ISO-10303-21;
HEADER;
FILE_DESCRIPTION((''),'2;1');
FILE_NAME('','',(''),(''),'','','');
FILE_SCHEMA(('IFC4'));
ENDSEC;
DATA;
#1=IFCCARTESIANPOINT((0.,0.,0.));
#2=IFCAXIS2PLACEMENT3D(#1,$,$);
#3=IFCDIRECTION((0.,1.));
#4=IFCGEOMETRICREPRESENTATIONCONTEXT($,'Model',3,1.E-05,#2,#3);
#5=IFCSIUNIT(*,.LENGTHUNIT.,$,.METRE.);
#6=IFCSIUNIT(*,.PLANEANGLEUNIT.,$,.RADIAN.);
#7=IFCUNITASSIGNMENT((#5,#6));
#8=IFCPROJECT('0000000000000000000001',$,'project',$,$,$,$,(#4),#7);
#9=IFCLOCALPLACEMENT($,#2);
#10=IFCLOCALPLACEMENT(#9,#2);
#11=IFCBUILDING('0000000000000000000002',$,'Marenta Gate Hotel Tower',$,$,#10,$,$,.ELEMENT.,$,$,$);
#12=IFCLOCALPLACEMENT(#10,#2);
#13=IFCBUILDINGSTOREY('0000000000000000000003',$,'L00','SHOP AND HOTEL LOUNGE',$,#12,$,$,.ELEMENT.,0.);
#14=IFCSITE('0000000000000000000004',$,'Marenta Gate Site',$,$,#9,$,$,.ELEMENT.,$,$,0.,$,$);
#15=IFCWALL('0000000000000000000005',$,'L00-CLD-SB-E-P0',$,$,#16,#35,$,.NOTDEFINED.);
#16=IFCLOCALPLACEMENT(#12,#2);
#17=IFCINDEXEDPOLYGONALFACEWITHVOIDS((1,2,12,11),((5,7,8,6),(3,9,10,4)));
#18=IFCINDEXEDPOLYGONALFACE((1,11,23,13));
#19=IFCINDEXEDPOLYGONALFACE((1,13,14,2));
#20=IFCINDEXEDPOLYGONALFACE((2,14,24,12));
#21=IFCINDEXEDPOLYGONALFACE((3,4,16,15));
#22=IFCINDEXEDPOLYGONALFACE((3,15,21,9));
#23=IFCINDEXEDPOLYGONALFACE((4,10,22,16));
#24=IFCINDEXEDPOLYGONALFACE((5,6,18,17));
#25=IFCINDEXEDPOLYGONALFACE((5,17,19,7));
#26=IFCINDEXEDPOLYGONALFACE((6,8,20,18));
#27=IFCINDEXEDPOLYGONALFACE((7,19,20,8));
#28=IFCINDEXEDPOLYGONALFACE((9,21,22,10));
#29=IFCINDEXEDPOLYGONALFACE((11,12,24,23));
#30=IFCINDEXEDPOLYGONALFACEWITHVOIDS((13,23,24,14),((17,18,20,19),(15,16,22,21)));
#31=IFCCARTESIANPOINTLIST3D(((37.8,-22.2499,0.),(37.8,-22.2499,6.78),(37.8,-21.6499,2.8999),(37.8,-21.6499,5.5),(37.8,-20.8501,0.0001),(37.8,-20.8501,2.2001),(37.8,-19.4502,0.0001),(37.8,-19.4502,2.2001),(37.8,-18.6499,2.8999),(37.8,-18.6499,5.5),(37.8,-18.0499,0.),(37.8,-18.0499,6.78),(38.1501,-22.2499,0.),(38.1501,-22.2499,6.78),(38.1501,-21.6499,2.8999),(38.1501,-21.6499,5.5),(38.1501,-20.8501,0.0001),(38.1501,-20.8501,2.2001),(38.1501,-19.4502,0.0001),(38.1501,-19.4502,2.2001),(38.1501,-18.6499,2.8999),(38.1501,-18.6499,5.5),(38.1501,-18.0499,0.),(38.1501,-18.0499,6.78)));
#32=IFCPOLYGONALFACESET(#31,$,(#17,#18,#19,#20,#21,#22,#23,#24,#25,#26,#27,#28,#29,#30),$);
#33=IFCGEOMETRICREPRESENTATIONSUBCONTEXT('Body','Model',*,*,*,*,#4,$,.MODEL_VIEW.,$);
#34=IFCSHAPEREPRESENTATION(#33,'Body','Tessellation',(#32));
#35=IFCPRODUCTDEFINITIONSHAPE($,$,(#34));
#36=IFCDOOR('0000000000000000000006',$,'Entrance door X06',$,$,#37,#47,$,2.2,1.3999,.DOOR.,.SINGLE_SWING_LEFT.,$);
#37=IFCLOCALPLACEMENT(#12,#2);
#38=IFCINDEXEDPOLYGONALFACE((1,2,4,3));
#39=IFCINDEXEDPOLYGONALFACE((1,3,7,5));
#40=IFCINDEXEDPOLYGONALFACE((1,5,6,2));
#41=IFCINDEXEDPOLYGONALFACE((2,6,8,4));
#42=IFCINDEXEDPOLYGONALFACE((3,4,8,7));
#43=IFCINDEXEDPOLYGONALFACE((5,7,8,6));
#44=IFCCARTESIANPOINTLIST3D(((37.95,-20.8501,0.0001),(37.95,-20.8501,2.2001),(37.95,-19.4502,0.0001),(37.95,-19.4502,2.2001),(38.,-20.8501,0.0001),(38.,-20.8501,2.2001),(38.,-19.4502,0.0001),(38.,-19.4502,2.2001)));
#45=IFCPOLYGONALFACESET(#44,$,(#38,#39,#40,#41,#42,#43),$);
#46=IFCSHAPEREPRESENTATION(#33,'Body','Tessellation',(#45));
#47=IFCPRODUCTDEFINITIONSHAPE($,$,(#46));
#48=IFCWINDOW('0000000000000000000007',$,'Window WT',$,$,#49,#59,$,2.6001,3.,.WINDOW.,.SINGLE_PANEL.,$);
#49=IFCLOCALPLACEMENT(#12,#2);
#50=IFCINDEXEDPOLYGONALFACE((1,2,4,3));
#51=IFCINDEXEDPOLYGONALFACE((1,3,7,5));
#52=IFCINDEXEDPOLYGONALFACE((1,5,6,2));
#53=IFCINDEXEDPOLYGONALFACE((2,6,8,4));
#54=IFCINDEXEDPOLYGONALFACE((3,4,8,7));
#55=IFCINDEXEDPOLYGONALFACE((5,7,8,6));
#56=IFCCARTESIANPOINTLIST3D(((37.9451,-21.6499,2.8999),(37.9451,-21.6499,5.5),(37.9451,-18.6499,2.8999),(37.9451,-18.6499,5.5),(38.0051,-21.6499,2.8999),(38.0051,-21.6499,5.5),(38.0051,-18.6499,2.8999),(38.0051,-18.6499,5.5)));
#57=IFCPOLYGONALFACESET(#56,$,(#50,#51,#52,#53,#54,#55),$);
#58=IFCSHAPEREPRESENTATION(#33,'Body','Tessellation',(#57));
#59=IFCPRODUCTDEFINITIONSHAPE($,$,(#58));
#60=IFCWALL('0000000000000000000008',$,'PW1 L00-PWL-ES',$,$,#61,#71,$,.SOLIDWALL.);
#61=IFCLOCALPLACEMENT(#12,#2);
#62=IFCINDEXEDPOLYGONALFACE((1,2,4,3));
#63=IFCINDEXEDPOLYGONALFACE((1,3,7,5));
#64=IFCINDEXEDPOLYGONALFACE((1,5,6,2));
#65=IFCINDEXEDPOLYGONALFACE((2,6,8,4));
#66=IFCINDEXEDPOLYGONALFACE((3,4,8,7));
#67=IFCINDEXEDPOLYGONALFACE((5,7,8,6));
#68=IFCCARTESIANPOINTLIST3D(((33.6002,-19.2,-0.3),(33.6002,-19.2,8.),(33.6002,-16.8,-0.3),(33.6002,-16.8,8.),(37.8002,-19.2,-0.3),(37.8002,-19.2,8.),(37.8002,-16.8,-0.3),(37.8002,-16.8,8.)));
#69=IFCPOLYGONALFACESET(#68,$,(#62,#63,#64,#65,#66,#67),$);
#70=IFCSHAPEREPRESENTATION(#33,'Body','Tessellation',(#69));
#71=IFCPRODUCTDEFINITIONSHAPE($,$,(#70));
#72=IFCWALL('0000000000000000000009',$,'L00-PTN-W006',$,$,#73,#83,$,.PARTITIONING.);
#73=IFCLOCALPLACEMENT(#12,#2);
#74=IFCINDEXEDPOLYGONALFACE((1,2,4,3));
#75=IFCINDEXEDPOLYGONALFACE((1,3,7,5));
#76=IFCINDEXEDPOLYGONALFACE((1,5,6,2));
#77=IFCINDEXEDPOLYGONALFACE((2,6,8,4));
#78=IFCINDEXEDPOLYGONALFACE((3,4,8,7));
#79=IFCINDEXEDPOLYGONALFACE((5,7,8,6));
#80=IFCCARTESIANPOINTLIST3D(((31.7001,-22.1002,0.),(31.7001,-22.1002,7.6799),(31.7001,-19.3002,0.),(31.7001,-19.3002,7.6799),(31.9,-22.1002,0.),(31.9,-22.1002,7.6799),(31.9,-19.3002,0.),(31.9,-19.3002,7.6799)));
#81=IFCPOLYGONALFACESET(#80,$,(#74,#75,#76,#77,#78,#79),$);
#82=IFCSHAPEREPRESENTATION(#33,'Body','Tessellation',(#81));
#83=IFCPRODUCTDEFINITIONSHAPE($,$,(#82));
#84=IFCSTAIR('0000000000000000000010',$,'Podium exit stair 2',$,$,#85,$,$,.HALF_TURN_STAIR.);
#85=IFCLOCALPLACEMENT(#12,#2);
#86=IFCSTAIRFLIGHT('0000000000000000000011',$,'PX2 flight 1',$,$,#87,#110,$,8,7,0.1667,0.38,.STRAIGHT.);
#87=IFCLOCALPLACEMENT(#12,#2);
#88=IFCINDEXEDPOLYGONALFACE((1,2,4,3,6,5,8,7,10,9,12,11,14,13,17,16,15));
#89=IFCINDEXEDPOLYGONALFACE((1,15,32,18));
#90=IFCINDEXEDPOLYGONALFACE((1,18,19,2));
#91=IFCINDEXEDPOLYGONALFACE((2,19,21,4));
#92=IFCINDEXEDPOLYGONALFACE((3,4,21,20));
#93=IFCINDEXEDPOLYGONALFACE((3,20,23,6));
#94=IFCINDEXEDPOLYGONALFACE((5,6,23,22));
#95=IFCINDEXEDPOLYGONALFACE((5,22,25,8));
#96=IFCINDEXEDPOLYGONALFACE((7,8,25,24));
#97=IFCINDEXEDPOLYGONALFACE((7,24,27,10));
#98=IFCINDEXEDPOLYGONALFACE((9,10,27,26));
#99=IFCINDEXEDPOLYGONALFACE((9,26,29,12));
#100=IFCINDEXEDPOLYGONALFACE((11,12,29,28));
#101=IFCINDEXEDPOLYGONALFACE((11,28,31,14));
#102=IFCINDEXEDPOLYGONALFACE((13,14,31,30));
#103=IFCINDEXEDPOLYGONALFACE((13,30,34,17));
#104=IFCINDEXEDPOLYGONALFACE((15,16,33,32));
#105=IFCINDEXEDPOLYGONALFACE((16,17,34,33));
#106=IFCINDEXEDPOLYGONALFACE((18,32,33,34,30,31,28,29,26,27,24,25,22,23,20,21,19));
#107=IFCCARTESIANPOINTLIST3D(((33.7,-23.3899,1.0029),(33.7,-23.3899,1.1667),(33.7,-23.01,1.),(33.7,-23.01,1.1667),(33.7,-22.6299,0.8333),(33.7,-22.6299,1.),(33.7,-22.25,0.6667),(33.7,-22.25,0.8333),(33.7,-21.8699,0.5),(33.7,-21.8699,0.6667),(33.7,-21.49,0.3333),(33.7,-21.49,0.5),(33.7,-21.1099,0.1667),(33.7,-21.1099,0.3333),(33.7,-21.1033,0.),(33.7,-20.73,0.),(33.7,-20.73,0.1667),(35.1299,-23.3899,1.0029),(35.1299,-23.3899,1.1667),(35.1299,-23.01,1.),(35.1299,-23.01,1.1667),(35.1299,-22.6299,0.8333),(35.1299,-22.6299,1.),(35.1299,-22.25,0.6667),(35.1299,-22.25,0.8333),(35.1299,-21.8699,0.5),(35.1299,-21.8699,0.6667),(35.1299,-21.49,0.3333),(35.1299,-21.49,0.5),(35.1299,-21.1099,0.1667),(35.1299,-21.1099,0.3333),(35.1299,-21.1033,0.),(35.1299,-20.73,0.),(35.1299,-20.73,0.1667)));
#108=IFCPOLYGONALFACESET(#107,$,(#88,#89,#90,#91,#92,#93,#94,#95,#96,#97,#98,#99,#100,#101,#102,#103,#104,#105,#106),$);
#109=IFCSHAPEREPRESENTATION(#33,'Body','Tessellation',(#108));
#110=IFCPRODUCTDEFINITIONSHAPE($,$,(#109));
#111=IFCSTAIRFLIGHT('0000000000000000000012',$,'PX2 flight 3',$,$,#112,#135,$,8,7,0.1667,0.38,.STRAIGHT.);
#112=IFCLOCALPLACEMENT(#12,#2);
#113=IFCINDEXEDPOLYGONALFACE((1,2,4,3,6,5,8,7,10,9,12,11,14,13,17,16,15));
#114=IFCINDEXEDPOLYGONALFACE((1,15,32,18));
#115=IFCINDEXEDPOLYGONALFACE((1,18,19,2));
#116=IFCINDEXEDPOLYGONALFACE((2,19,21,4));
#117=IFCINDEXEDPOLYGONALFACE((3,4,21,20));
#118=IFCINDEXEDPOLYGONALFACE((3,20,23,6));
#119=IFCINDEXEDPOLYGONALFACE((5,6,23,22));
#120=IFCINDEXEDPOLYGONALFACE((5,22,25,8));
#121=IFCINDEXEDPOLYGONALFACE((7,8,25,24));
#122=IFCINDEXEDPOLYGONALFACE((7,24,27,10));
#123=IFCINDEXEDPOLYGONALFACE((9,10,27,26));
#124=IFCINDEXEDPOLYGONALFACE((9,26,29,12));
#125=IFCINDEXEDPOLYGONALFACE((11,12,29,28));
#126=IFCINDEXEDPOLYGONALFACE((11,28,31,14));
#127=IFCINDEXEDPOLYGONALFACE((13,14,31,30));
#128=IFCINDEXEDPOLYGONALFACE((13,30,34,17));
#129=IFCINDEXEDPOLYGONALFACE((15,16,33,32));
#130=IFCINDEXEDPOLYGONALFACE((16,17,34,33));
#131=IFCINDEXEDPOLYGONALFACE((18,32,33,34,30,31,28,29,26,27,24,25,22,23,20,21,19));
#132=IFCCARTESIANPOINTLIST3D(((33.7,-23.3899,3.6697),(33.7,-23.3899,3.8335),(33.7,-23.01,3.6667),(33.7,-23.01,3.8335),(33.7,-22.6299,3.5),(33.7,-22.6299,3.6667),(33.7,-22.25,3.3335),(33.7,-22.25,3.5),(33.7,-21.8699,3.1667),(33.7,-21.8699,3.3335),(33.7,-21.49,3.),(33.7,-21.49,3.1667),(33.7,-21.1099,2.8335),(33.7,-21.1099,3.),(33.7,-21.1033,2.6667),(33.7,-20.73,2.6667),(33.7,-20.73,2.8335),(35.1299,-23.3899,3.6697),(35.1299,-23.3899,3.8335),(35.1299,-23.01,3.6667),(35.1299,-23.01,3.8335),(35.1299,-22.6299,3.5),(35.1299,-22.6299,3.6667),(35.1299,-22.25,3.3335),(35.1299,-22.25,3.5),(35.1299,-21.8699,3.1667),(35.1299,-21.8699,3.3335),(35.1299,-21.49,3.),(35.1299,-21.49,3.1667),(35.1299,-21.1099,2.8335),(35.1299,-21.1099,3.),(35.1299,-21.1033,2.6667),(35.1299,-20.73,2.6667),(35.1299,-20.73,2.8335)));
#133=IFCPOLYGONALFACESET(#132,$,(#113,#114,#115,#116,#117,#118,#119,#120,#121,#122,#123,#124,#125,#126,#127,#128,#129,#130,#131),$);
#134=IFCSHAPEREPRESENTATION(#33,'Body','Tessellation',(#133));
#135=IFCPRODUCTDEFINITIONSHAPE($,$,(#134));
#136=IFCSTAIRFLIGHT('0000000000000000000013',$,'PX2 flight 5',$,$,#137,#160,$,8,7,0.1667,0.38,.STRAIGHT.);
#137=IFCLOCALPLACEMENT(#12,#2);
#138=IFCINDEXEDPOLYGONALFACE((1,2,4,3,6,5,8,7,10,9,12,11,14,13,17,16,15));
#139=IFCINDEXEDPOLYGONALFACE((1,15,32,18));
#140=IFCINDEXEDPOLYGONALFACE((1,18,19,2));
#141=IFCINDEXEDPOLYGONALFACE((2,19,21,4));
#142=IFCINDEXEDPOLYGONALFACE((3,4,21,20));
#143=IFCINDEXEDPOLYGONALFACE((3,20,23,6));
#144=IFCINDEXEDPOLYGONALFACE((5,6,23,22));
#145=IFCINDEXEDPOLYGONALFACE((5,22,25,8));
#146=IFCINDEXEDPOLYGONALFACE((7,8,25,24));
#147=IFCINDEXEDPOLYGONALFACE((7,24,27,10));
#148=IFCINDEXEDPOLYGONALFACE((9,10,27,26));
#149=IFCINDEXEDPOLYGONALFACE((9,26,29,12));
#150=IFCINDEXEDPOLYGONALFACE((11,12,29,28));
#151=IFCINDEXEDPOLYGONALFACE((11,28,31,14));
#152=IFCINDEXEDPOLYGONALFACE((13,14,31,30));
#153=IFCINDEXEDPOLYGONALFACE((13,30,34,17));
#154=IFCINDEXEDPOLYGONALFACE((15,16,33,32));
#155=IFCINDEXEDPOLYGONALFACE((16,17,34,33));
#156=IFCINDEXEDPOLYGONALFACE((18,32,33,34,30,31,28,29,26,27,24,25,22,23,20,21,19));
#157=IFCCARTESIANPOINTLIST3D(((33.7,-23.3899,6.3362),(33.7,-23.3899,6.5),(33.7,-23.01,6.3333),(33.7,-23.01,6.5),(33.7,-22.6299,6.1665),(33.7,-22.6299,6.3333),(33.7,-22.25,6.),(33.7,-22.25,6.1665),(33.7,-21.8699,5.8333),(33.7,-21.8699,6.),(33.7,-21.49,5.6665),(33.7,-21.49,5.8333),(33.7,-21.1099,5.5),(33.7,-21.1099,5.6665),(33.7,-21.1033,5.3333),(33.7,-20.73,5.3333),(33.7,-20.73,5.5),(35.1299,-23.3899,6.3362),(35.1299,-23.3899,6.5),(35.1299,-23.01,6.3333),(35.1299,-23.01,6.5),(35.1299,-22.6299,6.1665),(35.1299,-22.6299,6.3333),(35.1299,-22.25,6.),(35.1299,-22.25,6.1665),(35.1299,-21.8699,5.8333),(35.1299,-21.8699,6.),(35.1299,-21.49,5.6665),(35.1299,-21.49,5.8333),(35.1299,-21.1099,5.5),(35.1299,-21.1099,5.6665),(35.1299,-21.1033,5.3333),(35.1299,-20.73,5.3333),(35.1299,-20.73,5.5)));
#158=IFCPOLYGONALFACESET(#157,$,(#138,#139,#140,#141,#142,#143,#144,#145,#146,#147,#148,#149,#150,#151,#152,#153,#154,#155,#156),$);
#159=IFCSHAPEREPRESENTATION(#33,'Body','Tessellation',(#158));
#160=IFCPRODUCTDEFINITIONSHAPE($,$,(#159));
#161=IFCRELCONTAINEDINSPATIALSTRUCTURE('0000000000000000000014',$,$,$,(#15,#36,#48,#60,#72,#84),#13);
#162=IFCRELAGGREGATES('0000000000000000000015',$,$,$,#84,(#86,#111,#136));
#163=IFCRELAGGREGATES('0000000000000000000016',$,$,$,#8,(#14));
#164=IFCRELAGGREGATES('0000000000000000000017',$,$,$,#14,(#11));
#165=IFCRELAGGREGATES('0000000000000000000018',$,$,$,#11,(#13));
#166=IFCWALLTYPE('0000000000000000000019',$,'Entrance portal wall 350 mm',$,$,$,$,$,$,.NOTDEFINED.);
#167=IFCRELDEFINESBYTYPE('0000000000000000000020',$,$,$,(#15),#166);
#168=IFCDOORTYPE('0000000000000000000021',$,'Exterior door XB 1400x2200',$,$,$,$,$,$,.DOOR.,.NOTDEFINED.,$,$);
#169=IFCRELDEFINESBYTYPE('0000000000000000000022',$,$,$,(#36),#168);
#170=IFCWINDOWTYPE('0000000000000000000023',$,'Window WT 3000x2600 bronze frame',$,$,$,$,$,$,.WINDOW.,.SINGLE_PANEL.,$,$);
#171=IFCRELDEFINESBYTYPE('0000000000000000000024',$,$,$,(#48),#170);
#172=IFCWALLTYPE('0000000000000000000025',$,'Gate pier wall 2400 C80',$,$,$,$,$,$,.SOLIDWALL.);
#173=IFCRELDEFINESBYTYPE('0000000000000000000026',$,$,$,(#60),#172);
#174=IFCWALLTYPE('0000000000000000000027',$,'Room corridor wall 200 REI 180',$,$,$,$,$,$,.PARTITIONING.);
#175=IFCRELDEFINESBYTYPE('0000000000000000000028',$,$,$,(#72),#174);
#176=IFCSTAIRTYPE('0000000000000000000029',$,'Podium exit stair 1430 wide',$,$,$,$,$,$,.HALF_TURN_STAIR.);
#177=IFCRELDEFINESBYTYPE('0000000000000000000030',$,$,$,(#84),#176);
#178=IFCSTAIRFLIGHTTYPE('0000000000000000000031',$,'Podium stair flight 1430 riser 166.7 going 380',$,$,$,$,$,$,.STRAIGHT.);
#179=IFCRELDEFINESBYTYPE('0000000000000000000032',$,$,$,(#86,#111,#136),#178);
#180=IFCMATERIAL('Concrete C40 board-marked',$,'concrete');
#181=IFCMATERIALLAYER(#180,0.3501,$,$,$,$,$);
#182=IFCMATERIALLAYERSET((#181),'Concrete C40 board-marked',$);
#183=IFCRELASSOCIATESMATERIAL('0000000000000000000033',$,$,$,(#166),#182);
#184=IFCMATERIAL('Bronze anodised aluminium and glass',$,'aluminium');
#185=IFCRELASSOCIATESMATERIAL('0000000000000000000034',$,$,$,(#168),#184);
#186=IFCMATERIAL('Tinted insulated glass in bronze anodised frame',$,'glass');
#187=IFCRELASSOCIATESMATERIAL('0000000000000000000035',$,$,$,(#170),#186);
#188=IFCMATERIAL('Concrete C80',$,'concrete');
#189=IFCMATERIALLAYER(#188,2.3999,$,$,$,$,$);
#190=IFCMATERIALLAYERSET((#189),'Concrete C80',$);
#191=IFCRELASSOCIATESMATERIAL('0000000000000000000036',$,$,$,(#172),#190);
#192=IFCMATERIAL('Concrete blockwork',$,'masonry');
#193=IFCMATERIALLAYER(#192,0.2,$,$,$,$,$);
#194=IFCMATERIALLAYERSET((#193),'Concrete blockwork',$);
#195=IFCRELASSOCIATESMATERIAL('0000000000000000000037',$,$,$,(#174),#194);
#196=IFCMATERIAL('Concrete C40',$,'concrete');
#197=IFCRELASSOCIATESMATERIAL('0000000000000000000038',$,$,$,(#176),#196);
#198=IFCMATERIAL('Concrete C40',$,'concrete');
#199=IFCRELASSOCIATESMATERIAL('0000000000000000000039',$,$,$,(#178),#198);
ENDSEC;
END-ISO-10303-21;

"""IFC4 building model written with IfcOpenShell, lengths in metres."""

from ifc_helpers import new_model, si_unit, direction, frame, frame_2d, origin, place, context, subcontext, project, spatial, polyline, rectangle, outline, extrude, material, layer, layer_set, type_object, element, fill, aggregate, save


model = new_model("IFC4")

# Units and contexts
model_context = context("Model", 3, precision=1e-05, world=origin(), true_north=direction((0.0, 1.0)))
body_context = subcontext(model_context, "Body", "Model", "MODEL_VIEW")
ifc_project = project(units=[si_unit("LENGTHUNIT", "METRE"), si_unit("PLANEANGLEUNIT", "RADIAN")], contexts=[model_context])

# Site, building, storey
site_placement = place(None, origin())
site = spatial("IfcSite", under=ifc_project, at=site_placement, Name="Marenta Gate Site", CompositionType="ELEMENT", RefElevation=0.0)
building_placement = place(site_placement, origin())
building = spatial("IfcBuilding", under=site, at=building_placement, Name="Marenta Gate Hotel Tower", CompositionType="ELEMENT")
storey_placement = place(building_placement, origin())
storey = spatial("IfcBuildingStorey", under=building, at=storey_placement, Name="L00", Description="SHOP AND HOTEL LOUNGE", CompositionType="ELEMENT", Elevation=0.0)

# Wall, openings, door, window
ifc_material_1 = material(Name="Concrete C40 board-marked", Category="concrete")
ifc_layer_1 = layer(ifc_material_1, 0.3501)
ifc_layer_set_1 = layer_set([ifc_layer_1], Name="Concrete C40 board-marked")
wall_type_1 = type_object("IfcWallType", Name="Entrance portal wall 350 mm", PredefinedType="NOTDEFINED", material=ifc_layer_set_1)
wall_1_placement = place(storey_placement, frame((37.9751, -22.25, 0.0), z_axis=(0.0, 0.0, 1.0), x_axis=(0.0, 1.0, 0.0)))
wall_1 = element("IfcWall", 1, at=wall_1_placement, inside=storey, type_object=wall_type_1, Name="L00-CLD-SB-E-P0", PredefinedType="NOTDEFINED", context=body_context, shape_type="SweptSolid", body=[
    extrude(rectangle(XDim=4.2, YDim=0.3501, at=frame_2d((2.1001, 0.0))), origin(), (0.0, 0.0, 1.0), 6.78),
])
opening_1_placement = place(wall_1_placement, frame((1.3999, 0.0, 0.0)))
opening_1 = element("IfcOpeningElement", 2, at=opening_1_placement, cuts=wall_1, PredefinedType="OPENING", context=body_context, shape_type="SweptSolid", body=[
    extrude(rectangle(XDim=1.3999, YDim=2.2, at=frame_2d((0.7, 1.1001))), frame((0.0, 0.175, 0.0), z_axis=(0.0, -1.0, 0.0), x_axis=(1.0, 0.0, 0.0)), (0.0, 0.0, 1.0), 0.3501),
])
opening_2_placement = place(wall_1_placement, frame((0.6001, 0.0, 2.8999)))
opening_2 = element("IfcOpeningElement", 3, at=opening_2_placement, cuts=wall_1, PredefinedType="OPENING", context=body_context, shape_type="SweptSolid", body=[
    extrude(rectangle(XDim=3.0, YDim=2.6001, at=frame_2d((1.5, 1.3))), frame((0.0, 0.175, 0.0), z_axis=(0.0, -1.0, 0.0), x_axis=(1.0, 0.0, 0.0)), (0.0, 0.0, 1.0), 0.3501),
])
ifc_material_2 = material(Name="Bronze anodised aluminium and glass", Category="aluminium")
door_type_1 = type_object("IfcDoorType", Name="Exterior door XB 1400x2200", OperationType="NOTDEFINED", PredefinedType="DOOR", material=ifc_material_2)
door_1_placement = place(opening_1_placement, frame((1.3999, 0.0, 0.0), z_axis=(0.0, 0.0, 1.0), x_axis=(-1.0, 0.0, 0.0)))
door_1 = element("IfcDoor", 4, at=door_1_placement, inside=storey, type_object=door_type_1, Name="Entrance door X06", OperationType="SINGLE_SWING_LEFT", OverallHeight=2.2, OverallWidth=1.3999, PredefinedType="DOOR", context=body_context, shape_type="SweptSolid", body=[
    extrude(rectangle(XDim=1.3999, YDim=2.2, at=frame_2d((0.7, 1.1001))), frame((0.0, 0.0249, 0.0), z_axis=(0.0, -1.0, 0.0), x_axis=(1.0, 0.0, 0.0)), (0.0, 0.0, 1.0), 0.05),
])
fill(opening_1, door_1)
ifc_material_3 = material(Name="Tinted insulated glass in bronze anodised frame", Category="glass")
window_type = type_object("IfcWindowType", Name="Window WT 3000x2600 bronze frame", PartitioningType="SINGLE_PANEL", PredefinedType="WINDOW", material=ifc_material_3)
window_placement = place(opening_2_placement, origin())
window = element("IfcWindow", 5, at=window_placement, inside=storey, type_object=window_type, Name="Window WT", OverallHeight=2.6001, OverallWidth=3.0, PartitioningType="SINGLE_PANEL", PredefinedType="WINDOW", context=body_context, shape_type="SweptSolid", body=[
    extrude(rectangle(XDim=3.0, YDim=2.6001, at=frame_2d((1.5, 1.3))), frame((0.0, 0.03, 0.0), z_axis=(0.0, -1.0, 0.0), x_axis=(1.0, 0.0, 0.0)), (0.0, 0.0, 1.0), 0.0601),
])
fill(opening_2, window)

# Walls
ifc_material_4 = material(Name="Concrete C80", Category="concrete")
ifc_layer_2 = layer(ifc_material_4, 2.3999)
ifc_layer_set_2 = layer_set([ifc_layer_2], Name="Concrete C80")
wall_type_2 = type_object("IfcWallType", Name="Gate pier wall 2400 C80", PredefinedType="SOLIDWALL", material=ifc_layer_set_2)
wall_2_placement = place(storey_placement, frame((33.6001, -18.0, -0.3), z_axis=(0.0, 0.0, 1.0), x_axis=(1.0, 0.0, 0.0)))
element("IfcWall", 6, at=wall_2_placement, inside=storey, type_object=wall_type_2, Name="PW1 L00-PWL-ES", PredefinedType="SOLIDWALL", context=body_context, shape_type="SweptSolid", body=[
    extrude(rectangle(XDim=4.2, YDim=2.3999, at=frame_2d((2.1001, 0.0))), origin(), (0.0, 0.0, 1.0), 8.3),
])
ifc_material_5 = material(Name="Concrete blockwork", Category="masonry")
ifc_layer_3 = layer(ifc_material_5, 0.2)
ifc_layer_set_3 = layer_set([ifc_layer_3], Name="Concrete blockwork")
wall_type_3 = type_object("IfcWallType", Name="Room corridor wall 200 REI 180", PredefinedType="PARTITIONING", material=ifc_layer_set_3)
wall_3_placement = place(storey_placement, frame((31.8, -22.1001, 0.0), z_axis=(0.0, 0.0, 1.0), x_axis=(0.0, 1.0, 0.0)))
element("IfcWall", 7, at=wall_3_placement, inside=storey, type_object=wall_type_3, Name="L00-PTN-W006", PredefinedType="PARTITIONING", context=body_context, shape_type="SweptSolid", body=[
    extrude(rectangle(XDim=2.8, YDim=0.2, at=frame_2d((1.3999, 0.0))), origin(), (0.0, 0.0, 1.0), 7.6799),
])

# Stair, stair flights
ifc_material_6 = material(Name="Concrete C40", Category="concrete")
stair_type = type_object("IfcStairType", Name="Podium exit stair 1430 wide", PredefinedType="HALF_TURN_STAIR", material=ifc_material_6)
stair_placement = place(storey_placement, origin())
stair = element("IfcStair", 8, at=stair_placement, inside=storey, type_object=stair_type, Name="Podium exit stair 2", PredefinedType="HALF_TURN_STAIR")
ifc_material_7 = material(Name="Concrete C40", Category="concrete")
stair_flight_type = type_object("IfcStairFlightType", Name="Podium stair flight 1430 riser 166.7 going 380", PredefinedType="STRAIGHT", material=ifc_material_7)
stair_flight_1_placement = place(storey_placement, frame((34.415, -20.73, 0.0), z_axis=(0.0, 0.0, 1.0), x_axis=(0.0, -1.0, 0.0)))
stair_flight_1 = element("IfcStairFlight", 9, at=stair_flight_1_placement, type_object=stair_flight_type, Name="PX2 flight 1", NumberOfRisers=8, NumberOfTreads=7, PredefinedType="STRAIGHT", RiserHeight=0.1667, TreadLength=0.38, context=body_context, shape_type="SweptSolid", body=[
    extrude(outline(polyline([(0.0, 0.0), (0.0, 0.1667), (0.3799, 0.1667), (0.3799, 0.3333), (0.76, 0.3333), (0.76, 0.5), (1.1399, 0.5), (1.1399, 0.6667), (1.52, 0.6667), (1.52, 0.8333), (1.8999, 0.8333), (1.8999, 1.0), (2.28, 1.0), (2.28, 1.1667), (2.6599, 1.1667), (2.6599, 1.3333), (2.6599, 1.0029), (0.3733, 0.0), (0.0, 0.0)])), frame((0.0, 0.7148, 0.0), z_axis=(0.0, -1.0, 0.0), x_axis=(1.0, 0.0, 0.0)), (0.0, 0.0, 1.0), 1.4299),
])
stair_flight_2_placement = place(storey_placement, frame((34.415, -20.73, 2.6667), z_axis=(0.0, 0.0, 1.0), x_axis=(0.0, -1.0, 0.0)))
stair_flight_2 = element("IfcStairFlight", 10, at=stair_flight_2_placement, type_object=stair_flight_type, Name="PX2 flight 3", NumberOfRisers=8, NumberOfTreads=7, PredefinedType="STRAIGHT", RiserHeight=0.1667, TreadLength=0.38, context=body_context, shape_type="SweptSolid", body=[
    extrude(outline(polyline([(0.0, 0.0), (0.0, 0.1667), (0.3799, 0.1667), (0.3799, 0.3333), (0.76, 0.3333), (0.76, 0.5), (1.1399, 0.5), (1.1399, 0.6667), (1.52, 0.6667), (1.52, 0.8333), (1.8999, 0.8333), (1.8999, 1.0), (2.28, 1.0), (2.28, 1.1667), (2.6599, 1.1667), (2.6599, 1.3333), (2.6599, 1.0029), (0.3733, 0.0), (0.0, 0.0)])), frame((0.0, 0.7148, 0.0), z_axis=(0.0, -1.0, 0.0), x_axis=(1.0, 0.0, 0.0)), (0.0, 0.0, 1.0), 1.4299),
])
stair_flight_3_placement = place(storey_placement, frame((34.415, -20.73, 5.3333), z_axis=(0.0, 0.0, 1.0), x_axis=(0.0, -1.0, 0.0)))
stair_flight_3 = element("IfcStairFlight", 11, at=stair_flight_3_placement, type_object=stair_flight_type, Name="PX2 flight 5", NumberOfRisers=8, NumberOfTreads=7, PredefinedType="STRAIGHT", RiserHeight=0.1667, TreadLength=0.38, context=body_context, shape_type="SweptSolid", body=[
    extrude(outline(polyline([(0.0, 0.0), (0.0, 0.1667), (0.3799, 0.1667), (0.3799, 0.3333), (0.76, 0.3333), (0.76, 0.5), (1.1399, 0.5), (1.1399, 0.6667), (1.52, 0.6667), (1.52, 0.8333), (1.8999, 0.8333), (1.8999, 1.0), (2.28, 1.0), (2.28, 1.1667), (2.6599, 1.1667), (2.6599, 1.3333), (2.6599, 1.0029), (0.3733, 0.0), (0.0, 0.0)])), frame((0.0, 0.7148, 0.0), z_axis=(0.0, -1.0, 0.0), x_axis=(1.0, 0.0, 0.0)), (0.0, 0.0, 1.0), 1.4299),
])
aggregate(stair, [stair_flight_1, stair_flight_2, stair_flight_3])

save(model, "model.ifc")
